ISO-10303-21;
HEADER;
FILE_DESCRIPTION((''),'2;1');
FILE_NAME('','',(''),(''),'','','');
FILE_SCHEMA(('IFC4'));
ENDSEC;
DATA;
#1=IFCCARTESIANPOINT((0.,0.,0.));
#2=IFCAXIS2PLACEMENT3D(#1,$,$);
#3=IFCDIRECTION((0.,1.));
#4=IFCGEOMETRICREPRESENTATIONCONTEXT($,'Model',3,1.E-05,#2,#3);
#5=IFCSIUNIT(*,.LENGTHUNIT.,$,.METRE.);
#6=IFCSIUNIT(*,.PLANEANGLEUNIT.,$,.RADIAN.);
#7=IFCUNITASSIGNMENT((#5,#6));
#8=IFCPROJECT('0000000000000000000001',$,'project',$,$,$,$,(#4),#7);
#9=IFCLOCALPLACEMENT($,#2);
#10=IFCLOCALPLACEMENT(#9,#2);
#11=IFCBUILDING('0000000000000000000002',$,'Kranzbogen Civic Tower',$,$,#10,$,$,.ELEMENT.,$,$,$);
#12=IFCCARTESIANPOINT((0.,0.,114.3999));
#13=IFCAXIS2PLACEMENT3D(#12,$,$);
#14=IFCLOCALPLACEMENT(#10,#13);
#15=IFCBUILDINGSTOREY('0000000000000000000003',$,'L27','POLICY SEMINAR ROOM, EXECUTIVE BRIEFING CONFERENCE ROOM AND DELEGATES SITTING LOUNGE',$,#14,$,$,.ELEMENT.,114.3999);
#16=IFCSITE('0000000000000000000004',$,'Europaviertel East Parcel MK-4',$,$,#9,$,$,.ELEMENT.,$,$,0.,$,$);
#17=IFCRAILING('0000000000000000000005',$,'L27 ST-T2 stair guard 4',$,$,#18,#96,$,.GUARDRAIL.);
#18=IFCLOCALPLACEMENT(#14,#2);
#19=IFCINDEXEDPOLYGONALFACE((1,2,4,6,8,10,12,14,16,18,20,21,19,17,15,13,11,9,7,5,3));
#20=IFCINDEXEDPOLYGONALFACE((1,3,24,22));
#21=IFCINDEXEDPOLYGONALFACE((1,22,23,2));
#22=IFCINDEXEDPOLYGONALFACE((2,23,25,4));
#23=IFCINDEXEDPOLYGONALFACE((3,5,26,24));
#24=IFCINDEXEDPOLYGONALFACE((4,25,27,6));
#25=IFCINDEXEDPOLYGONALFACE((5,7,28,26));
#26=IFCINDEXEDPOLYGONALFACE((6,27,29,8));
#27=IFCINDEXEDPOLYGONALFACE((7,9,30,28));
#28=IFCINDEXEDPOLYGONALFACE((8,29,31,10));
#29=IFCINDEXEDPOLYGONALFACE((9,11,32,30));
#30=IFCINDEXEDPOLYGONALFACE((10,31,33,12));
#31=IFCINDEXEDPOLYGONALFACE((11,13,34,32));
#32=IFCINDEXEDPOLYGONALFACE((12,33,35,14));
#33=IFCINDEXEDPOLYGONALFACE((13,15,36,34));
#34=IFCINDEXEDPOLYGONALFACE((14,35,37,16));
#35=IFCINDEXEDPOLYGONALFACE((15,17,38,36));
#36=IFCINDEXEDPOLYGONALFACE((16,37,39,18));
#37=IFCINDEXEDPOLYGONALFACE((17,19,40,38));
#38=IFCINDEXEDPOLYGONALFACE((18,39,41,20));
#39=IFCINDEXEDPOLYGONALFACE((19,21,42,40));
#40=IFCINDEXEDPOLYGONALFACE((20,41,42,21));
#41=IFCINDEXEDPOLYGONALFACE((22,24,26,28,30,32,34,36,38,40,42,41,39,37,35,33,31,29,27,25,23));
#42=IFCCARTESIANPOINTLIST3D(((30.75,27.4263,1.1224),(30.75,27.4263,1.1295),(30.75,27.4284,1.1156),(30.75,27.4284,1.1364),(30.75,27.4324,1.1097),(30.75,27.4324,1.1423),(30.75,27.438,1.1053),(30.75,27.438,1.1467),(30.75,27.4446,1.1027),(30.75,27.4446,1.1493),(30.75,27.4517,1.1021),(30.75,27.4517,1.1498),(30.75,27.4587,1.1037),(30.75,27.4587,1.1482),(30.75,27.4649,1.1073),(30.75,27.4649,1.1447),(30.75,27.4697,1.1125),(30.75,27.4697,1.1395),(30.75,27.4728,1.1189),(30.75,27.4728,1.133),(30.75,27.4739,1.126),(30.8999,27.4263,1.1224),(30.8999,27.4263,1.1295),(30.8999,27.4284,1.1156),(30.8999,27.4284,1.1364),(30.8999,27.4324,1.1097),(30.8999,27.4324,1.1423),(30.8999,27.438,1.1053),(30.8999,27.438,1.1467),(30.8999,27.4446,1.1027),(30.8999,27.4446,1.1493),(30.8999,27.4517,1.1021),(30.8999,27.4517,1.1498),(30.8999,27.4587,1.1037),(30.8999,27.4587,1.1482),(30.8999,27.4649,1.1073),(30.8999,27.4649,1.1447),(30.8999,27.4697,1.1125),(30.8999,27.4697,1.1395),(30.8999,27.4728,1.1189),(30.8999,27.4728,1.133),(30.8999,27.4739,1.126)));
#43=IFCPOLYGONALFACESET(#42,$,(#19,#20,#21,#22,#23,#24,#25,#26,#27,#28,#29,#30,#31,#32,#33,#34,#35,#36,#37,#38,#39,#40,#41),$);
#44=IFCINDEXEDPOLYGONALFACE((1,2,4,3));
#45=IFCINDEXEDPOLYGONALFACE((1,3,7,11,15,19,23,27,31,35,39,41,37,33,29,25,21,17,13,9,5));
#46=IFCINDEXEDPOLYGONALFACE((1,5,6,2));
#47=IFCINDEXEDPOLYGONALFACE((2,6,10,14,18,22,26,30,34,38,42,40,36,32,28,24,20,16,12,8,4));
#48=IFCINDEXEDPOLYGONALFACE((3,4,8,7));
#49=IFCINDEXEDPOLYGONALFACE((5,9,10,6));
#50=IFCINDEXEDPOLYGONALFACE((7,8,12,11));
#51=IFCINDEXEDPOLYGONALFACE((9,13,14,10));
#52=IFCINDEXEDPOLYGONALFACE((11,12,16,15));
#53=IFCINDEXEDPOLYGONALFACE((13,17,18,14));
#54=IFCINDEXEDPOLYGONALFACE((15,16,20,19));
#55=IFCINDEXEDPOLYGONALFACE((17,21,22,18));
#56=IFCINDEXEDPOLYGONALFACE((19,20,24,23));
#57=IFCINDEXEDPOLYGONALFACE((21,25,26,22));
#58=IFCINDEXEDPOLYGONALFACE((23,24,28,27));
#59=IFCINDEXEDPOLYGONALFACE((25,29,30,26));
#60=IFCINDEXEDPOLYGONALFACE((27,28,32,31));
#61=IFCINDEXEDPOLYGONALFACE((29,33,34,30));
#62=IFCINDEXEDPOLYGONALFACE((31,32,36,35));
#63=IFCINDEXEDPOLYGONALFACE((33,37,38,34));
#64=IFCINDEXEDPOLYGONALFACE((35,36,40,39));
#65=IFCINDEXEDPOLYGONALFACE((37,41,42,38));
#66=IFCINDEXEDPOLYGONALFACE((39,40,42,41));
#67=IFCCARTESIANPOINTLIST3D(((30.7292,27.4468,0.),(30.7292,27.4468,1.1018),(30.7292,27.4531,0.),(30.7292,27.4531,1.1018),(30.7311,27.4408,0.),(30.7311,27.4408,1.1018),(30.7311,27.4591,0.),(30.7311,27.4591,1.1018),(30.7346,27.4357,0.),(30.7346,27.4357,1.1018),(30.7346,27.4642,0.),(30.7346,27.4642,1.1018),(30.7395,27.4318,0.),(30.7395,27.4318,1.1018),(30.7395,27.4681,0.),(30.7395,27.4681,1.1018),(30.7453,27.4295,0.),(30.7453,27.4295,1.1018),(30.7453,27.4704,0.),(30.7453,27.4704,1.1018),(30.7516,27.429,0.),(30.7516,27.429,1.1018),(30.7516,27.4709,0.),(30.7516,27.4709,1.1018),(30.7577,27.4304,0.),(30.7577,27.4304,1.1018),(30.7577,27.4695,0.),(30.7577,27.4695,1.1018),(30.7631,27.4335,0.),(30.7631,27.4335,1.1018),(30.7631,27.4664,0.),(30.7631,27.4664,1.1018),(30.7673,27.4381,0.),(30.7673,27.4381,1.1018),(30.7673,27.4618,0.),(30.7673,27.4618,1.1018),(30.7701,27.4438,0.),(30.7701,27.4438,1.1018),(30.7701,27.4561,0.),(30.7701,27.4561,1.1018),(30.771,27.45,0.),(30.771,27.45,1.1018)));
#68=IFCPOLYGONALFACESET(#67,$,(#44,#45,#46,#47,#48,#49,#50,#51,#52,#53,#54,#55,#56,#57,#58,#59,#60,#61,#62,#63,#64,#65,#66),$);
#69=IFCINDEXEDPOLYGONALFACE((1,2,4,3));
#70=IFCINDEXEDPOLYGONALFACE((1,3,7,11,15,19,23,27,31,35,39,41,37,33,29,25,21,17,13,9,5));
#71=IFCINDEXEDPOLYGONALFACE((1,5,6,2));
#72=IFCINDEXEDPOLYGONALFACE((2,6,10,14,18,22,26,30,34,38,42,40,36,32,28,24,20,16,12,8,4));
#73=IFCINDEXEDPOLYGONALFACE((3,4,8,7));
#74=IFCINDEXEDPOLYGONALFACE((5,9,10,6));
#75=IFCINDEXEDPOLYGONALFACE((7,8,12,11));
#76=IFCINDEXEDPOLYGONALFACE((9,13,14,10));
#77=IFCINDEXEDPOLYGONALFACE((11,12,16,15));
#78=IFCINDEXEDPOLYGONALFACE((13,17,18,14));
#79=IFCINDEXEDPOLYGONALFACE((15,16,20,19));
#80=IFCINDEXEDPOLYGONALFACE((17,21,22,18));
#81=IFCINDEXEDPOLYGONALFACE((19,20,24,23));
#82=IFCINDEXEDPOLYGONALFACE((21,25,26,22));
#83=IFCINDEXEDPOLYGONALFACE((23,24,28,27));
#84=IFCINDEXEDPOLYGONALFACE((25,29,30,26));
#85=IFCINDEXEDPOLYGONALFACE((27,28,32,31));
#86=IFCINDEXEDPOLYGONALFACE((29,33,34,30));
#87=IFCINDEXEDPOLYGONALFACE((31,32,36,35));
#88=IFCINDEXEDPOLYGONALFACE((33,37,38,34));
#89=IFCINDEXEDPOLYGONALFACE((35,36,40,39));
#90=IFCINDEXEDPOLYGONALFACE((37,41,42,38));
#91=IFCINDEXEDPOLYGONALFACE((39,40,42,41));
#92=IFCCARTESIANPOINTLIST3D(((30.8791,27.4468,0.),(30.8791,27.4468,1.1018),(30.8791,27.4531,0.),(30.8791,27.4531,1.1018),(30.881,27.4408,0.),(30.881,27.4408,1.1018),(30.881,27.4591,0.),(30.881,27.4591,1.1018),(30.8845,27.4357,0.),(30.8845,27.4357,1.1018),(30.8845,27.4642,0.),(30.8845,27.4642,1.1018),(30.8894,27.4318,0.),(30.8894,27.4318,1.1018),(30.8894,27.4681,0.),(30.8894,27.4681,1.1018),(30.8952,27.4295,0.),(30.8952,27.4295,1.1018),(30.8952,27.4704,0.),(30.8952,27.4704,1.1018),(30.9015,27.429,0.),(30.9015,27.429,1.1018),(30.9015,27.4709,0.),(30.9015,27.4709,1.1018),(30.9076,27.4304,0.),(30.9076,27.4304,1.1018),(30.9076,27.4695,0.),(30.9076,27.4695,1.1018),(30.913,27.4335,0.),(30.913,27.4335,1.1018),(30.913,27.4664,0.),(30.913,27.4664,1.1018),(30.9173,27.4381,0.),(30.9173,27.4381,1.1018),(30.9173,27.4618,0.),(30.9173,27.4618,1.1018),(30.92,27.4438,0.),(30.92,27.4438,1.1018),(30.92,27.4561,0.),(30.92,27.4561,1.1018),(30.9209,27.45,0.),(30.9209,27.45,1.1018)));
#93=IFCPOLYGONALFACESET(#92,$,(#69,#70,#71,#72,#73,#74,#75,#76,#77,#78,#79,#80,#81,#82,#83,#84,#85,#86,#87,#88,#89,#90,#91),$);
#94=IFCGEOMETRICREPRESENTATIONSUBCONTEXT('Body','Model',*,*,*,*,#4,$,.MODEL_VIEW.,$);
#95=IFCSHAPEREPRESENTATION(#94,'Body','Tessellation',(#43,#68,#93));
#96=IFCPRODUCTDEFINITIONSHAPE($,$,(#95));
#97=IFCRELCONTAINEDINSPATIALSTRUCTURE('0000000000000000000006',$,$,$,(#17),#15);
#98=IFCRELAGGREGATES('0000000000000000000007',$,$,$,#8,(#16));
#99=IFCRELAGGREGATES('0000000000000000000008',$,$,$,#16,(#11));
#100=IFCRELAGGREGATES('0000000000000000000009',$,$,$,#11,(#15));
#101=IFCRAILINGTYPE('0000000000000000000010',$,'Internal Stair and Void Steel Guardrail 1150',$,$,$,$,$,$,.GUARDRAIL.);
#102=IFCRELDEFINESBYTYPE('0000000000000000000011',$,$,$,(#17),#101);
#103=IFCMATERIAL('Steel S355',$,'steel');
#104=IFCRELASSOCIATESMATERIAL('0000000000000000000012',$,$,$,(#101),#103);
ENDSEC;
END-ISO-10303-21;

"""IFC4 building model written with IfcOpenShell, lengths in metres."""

from ifc_helpers import new_model, si_unit, direction, frame, origin, origin_2d, place, context, subcontext, project, spatial, circle, extrude, material, type_object, element, save


model = new_model("IFC4")

# Units and contexts
model_context = context("Model", 3, precision=1e-05, world=origin(), true_north=direction((0.0, 1.0)))
body_context = subcontext(model_context, "Body", "Model", "MODEL_VIEW")
ifc_project = project(units=[si_unit("LENGTHUNIT", "METRE"), si_unit("PLANEANGLEUNIT", "RADIAN")], contexts=[model_context])

# Site, building, storey
site_placement = place(None, origin())
site = spatial("IfcSite", under=ifc_project, at=site_placement, Name="Europaviertel East Parcel MK-4", CompositionType="ELEMENT", RefElevation=0.0)
building_placement = place(site_placement, origin())
building = spatial("IfcBuilding", under=site, at=building_placement, Name="Kranzbogen Civic Tower", CompositionType="ELEMENT")
storey_placement = place(building_placement, frame((0.0, 0.0, 114.3999)))
storey = spatial("IfcBuildingStorey", under=building, at=storey_placement, Name="L27", Description="POLICY SEMINAR ROOM, EXECUTIVE BRIEFING CONFERENCE ROOM AND DELEGATES SITTING LOUNGE", CompositionType="ELEMENT", Elevation=114.3999)

# Shared definitions
ifc_material_1 = material(Name="Steel S355", Category="steel")

# Railing
railing_type_1 = type_object("IfcRailingType", Name="Internal Stair and Void Steel Guardrail 1150", PredefinedType="GUARDRAIL", material=ifc_material_1)
railing_1_placement = place(storey_placement, frame((30.75, 27.45, 0.0)))
element("IfcRailing", 1, at=railing_1_placement, inside=storey, type_object=railing_type_1, Name="L27 ST-T2 stair guard 4", PredefinedType="GUARDRAIL", context=body_context, shape_type="SweptSolid", body=[
    extrude(circle(Radius=0.0239, at=origin_2d()), frame((0.0, 0.0, 1.126), z_axis=(1.0, 0.0, 0.0), x_axis=(0.0, 1.0, 0.0)), (0.0, 0.0, 1.0), 0.1499),
    extrude(circle(Radius=0.021, at=origin_2d()), origin(), (0.0, 0.0, 1.0), 1.1018),
    extrude(circle(Radius=0.021, at=origin_2d()), frame((0.1499, 0.0, 0.0)), (0.0, 0.0, 1.0), 1.1018),
])

save(model, "model.ifc")
